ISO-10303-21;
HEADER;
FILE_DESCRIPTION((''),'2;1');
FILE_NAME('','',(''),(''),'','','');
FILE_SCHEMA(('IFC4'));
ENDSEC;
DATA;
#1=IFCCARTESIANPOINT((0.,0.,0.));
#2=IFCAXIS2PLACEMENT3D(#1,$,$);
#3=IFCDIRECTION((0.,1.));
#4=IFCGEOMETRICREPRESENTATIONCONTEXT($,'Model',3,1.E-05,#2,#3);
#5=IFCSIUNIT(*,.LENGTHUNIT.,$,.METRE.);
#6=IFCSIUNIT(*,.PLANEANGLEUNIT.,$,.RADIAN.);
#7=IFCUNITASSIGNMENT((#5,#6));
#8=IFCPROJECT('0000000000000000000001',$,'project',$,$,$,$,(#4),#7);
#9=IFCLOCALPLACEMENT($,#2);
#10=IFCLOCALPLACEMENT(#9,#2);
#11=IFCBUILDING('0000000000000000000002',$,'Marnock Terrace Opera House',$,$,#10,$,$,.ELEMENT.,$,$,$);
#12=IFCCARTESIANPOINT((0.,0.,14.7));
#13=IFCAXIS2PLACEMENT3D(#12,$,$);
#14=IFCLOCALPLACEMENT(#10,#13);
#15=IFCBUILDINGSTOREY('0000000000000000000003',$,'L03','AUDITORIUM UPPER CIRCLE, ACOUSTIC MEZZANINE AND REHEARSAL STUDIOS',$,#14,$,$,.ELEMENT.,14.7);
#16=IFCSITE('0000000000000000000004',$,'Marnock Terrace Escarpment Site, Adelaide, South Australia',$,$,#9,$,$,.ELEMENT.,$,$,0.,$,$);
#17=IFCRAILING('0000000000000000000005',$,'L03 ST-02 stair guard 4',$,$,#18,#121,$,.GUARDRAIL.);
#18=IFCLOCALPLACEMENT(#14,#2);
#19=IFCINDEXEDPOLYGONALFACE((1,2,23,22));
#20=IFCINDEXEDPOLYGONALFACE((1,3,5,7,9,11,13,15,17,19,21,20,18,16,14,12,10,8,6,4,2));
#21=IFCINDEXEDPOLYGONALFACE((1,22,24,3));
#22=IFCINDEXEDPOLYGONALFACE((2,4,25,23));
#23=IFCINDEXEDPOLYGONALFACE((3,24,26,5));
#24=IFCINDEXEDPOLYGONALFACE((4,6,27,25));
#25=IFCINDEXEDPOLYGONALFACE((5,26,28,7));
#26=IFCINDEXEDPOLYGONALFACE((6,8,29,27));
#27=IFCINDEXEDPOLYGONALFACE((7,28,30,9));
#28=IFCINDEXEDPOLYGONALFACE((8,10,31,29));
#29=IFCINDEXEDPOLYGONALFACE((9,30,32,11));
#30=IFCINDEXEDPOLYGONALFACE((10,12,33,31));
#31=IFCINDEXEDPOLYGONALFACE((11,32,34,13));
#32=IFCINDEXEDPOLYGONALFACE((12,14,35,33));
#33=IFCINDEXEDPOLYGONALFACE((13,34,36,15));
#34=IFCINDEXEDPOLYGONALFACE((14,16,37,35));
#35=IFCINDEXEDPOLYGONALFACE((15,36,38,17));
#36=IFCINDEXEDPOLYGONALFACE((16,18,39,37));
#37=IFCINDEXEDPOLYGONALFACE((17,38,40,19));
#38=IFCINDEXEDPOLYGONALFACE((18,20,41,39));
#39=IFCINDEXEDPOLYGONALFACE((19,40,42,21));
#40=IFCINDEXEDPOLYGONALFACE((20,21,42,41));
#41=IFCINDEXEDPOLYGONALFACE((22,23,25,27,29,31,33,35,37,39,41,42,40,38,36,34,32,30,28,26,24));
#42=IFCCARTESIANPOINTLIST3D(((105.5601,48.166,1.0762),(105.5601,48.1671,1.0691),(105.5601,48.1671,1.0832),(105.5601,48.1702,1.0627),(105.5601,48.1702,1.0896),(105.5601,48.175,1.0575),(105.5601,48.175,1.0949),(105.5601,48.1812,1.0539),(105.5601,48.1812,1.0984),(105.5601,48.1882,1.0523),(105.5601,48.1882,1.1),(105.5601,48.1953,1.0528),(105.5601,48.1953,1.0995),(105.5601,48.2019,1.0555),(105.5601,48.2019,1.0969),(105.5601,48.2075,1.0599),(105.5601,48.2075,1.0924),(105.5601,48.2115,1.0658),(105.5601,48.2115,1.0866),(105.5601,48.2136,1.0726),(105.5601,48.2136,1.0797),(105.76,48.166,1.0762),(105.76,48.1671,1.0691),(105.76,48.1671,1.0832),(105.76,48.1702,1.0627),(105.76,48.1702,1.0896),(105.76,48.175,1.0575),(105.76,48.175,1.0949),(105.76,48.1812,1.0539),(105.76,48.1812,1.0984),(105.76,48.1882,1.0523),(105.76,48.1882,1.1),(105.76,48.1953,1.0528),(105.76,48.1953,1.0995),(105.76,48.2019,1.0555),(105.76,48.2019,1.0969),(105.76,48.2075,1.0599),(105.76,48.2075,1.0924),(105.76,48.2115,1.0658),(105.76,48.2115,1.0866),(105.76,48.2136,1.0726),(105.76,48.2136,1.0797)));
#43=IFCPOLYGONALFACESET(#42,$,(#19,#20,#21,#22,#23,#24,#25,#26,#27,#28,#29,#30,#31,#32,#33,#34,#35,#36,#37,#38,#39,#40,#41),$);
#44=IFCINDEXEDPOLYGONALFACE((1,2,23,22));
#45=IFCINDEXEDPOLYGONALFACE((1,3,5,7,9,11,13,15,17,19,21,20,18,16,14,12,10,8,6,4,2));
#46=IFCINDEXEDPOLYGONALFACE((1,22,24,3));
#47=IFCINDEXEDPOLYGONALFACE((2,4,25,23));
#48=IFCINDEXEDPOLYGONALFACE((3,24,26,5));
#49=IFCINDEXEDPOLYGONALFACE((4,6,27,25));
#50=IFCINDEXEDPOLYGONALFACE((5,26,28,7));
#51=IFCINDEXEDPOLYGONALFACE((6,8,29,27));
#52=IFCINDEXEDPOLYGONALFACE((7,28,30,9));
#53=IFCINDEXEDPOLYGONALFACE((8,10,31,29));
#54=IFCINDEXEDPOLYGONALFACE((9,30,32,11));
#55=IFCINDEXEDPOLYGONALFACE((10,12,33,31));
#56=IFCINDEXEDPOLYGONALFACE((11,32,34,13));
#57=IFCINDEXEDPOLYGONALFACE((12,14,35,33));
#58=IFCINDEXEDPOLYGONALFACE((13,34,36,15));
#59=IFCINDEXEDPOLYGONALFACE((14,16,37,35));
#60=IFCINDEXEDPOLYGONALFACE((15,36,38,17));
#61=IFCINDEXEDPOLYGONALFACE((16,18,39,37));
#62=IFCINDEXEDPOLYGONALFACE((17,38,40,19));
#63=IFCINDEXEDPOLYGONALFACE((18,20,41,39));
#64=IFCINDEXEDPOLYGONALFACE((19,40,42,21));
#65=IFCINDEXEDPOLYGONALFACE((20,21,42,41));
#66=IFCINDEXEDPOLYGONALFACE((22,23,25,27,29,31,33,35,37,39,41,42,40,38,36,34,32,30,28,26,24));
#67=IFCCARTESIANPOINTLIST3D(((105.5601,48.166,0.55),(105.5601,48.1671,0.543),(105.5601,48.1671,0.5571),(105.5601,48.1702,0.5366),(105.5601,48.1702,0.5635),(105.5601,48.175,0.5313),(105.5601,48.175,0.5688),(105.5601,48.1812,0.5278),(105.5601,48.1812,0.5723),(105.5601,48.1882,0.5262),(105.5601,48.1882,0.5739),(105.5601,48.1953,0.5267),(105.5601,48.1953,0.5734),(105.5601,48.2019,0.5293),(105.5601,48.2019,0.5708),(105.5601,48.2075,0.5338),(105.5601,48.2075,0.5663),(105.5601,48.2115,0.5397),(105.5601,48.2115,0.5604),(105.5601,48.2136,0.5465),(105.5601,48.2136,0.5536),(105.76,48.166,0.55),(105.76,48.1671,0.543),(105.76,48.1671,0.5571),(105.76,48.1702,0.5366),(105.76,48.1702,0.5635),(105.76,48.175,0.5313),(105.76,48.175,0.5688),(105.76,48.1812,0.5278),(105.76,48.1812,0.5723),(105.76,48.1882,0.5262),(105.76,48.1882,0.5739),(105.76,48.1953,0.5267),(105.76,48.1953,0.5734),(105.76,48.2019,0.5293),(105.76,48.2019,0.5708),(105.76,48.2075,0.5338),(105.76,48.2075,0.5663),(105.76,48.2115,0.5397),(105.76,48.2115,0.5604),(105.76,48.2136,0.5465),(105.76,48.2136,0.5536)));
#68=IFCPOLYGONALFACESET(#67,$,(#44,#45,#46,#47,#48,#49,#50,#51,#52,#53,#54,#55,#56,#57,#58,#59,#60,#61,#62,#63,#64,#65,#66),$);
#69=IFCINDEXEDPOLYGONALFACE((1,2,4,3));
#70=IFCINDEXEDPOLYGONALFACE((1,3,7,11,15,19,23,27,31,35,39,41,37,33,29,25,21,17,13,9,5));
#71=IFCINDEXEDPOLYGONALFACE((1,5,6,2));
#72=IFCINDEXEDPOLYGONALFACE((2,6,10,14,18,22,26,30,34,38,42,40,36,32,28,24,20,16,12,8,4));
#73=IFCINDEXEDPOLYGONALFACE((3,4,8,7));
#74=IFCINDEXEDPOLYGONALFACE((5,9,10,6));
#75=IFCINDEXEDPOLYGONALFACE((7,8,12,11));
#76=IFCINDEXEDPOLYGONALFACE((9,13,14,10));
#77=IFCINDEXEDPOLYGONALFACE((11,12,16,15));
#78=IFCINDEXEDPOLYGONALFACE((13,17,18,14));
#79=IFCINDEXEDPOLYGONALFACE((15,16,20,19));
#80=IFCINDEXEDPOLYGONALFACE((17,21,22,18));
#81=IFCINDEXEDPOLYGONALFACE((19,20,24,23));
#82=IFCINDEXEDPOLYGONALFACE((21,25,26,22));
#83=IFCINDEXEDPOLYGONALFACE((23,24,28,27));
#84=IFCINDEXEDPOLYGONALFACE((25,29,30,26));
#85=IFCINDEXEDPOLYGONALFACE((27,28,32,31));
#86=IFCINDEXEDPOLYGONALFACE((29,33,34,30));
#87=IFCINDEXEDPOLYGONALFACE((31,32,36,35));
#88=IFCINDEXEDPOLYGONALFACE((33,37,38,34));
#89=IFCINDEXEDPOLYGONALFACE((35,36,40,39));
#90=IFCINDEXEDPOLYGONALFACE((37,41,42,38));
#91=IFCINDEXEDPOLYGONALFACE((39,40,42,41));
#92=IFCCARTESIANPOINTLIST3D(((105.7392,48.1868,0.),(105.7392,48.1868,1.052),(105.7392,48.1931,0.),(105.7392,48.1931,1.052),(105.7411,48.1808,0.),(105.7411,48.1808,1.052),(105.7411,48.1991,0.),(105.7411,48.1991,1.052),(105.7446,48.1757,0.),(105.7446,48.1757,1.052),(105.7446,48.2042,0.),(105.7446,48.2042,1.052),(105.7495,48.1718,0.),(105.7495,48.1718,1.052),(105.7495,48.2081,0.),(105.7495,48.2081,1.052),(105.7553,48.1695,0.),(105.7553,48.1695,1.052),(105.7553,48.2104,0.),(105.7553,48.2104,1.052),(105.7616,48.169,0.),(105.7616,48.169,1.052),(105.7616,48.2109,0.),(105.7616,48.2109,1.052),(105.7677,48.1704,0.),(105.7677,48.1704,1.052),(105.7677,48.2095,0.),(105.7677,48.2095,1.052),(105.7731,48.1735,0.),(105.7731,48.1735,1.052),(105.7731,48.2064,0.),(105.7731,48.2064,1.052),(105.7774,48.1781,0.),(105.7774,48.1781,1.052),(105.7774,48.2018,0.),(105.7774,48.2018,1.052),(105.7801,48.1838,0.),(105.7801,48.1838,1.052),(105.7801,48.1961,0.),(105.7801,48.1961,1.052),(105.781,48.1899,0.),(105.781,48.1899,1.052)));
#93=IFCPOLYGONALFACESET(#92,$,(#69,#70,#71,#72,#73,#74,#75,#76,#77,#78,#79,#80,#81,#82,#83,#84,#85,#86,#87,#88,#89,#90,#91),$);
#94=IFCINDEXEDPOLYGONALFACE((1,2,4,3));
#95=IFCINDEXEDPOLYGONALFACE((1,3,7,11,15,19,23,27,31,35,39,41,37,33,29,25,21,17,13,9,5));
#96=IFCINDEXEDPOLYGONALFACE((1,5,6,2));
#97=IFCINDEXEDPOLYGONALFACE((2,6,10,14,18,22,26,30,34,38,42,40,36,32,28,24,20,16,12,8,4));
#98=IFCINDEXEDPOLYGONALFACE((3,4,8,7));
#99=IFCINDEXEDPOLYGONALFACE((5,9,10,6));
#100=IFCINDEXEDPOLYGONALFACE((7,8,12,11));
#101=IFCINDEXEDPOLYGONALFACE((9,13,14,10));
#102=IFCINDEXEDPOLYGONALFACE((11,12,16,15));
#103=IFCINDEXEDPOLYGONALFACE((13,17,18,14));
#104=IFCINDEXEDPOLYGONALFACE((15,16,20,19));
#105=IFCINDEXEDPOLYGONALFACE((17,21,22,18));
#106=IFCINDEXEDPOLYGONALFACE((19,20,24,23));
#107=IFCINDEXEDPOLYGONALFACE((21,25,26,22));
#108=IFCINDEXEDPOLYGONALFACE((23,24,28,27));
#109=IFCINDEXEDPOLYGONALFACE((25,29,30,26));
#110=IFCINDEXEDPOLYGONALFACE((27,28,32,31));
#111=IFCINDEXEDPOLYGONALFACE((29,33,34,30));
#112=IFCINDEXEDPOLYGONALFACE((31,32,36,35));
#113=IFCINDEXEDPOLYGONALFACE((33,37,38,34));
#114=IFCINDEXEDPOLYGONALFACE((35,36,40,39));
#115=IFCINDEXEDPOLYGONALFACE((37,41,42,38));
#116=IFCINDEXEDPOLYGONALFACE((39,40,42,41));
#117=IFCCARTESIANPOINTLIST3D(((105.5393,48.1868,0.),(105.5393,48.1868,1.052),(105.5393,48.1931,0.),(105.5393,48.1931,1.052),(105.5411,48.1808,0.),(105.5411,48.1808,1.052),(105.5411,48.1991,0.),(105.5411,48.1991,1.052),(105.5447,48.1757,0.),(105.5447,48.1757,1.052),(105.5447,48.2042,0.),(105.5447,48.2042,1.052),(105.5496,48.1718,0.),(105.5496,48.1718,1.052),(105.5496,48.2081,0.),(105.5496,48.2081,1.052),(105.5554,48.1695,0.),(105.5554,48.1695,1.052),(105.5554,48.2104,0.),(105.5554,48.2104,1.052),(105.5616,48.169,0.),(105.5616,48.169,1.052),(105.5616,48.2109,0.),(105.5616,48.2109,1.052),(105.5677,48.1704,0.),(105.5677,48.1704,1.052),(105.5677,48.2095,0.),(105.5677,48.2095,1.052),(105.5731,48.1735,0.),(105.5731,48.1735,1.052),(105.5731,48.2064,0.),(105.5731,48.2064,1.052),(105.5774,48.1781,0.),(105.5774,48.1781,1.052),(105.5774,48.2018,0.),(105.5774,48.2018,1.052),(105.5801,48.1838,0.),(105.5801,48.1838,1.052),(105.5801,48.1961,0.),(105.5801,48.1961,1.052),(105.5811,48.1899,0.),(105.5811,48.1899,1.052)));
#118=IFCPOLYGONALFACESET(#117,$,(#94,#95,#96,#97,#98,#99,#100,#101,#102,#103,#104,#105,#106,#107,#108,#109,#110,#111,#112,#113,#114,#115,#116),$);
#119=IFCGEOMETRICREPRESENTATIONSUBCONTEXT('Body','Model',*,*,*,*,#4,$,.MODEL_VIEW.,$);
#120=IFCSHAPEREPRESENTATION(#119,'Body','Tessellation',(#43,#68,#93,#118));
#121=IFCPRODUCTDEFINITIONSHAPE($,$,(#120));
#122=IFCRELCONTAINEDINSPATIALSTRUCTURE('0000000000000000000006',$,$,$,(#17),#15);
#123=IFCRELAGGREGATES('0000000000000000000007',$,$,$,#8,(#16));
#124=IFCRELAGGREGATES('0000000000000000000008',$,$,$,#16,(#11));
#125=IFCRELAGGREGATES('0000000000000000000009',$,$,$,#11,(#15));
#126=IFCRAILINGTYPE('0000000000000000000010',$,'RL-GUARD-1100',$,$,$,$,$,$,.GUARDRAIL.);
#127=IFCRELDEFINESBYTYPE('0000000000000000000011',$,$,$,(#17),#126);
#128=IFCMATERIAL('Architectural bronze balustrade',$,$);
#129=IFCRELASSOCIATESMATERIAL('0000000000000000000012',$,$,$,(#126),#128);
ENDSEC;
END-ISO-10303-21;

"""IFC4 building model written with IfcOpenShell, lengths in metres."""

from ifc_helpers import new_model, si_unit, direction, frame, origin, origin_2d, place, context, subcontext, project, spatial, circle, extrude, material, type_object, element, save


model = new_model("IFC4")

# Units and contexts
model_context = context("Model", 3, precision=1e-05, world=origin(), true_north=direction((0.0, 1.0)))
body_context = subcontext(model_context, "Body", "Model", "MODEL_VIEW")
ifc_project = project(units=[si_unit("LENGTHUNIT", "METRE"), si_unit("PLANEANGLEUNIT", "RADIAN")], contexts=[model_context])

# Site, building, storey
site_placement = place(None, origin())
site = spatial("IfcSite", under=ifc_project, at=site_placement, Name="Marnock Terrace Escarpment Site, Adelaide, South Australia", CompositionType="ELEMENT", RefElevation=0.0)
building_placement = place(site_placement, origin())
building = spatial("IfcBuilding", under=site, at=building_placement, Name="Marnock Terrace Opera House", CompositionType="ELEMENT")
storey_placement = place(building_placement, frame((0.0, 0.0, 14.7)))
storey = spatial("IfcBuildingStorey", under=building, at=storey_placement, Name="L03", Description="AUDITORIUM UPPER CIRCLE, ACOUSTIC MEZZANINE AND REHEARSAL STUDIOS", CompositionType="ELEMENT", Elevation=14.7)

# Railing
ifc_material_1 = material(Name="Architectural bronze balustrade")
railing_type_1 = type_object("IfcRailingType", Name="RL-GUARD-1100", PredefinedType="GUARDRAIL", material=ifc_material_1)
railing_1_placement = place(storey_placement, frame((105.76, 48.1899, 0.0)))
element("IfcRailing", 1, at=railing_1_placement, inside=storey, type_object=railing_type_1, Name="L03 ST-02 stair guard 4", PredefinedType="GUARDRAIL", context=body_context, shape_type="SweptSolid", body=[
    extrude(circle(Radius=0.0239, at=origin_2d()), frame((0.0, 0.0, 1.0762), z_axis=(-1.0, 0.0, 0.0), x_axis=(0.0, -1.0, 0.0)), (0.0, 0.0, 1.0), 0.2),
    extrude(circle(Radius=0.0239, at=origin_2d()), frame((0.0, 0.0, 0.55), z_axis=(-1.0, 0.0, 0.0), x_axis=(0.0, -1.0, 0.0)), (0.0, 0.0, 1.0), 0.2),
    extrude(circle(Radius=0.021, at=origin_2d()), origin(), (0.0, 0.0, 1.0), 1.052),
    extrude(circle(Radius=0.021, at=origin_2d()), frame((-0.2, 0.0, 0.0)), (0.0, 0.0, 1.0), 1.052),
])

save(model, "model.ifc")
